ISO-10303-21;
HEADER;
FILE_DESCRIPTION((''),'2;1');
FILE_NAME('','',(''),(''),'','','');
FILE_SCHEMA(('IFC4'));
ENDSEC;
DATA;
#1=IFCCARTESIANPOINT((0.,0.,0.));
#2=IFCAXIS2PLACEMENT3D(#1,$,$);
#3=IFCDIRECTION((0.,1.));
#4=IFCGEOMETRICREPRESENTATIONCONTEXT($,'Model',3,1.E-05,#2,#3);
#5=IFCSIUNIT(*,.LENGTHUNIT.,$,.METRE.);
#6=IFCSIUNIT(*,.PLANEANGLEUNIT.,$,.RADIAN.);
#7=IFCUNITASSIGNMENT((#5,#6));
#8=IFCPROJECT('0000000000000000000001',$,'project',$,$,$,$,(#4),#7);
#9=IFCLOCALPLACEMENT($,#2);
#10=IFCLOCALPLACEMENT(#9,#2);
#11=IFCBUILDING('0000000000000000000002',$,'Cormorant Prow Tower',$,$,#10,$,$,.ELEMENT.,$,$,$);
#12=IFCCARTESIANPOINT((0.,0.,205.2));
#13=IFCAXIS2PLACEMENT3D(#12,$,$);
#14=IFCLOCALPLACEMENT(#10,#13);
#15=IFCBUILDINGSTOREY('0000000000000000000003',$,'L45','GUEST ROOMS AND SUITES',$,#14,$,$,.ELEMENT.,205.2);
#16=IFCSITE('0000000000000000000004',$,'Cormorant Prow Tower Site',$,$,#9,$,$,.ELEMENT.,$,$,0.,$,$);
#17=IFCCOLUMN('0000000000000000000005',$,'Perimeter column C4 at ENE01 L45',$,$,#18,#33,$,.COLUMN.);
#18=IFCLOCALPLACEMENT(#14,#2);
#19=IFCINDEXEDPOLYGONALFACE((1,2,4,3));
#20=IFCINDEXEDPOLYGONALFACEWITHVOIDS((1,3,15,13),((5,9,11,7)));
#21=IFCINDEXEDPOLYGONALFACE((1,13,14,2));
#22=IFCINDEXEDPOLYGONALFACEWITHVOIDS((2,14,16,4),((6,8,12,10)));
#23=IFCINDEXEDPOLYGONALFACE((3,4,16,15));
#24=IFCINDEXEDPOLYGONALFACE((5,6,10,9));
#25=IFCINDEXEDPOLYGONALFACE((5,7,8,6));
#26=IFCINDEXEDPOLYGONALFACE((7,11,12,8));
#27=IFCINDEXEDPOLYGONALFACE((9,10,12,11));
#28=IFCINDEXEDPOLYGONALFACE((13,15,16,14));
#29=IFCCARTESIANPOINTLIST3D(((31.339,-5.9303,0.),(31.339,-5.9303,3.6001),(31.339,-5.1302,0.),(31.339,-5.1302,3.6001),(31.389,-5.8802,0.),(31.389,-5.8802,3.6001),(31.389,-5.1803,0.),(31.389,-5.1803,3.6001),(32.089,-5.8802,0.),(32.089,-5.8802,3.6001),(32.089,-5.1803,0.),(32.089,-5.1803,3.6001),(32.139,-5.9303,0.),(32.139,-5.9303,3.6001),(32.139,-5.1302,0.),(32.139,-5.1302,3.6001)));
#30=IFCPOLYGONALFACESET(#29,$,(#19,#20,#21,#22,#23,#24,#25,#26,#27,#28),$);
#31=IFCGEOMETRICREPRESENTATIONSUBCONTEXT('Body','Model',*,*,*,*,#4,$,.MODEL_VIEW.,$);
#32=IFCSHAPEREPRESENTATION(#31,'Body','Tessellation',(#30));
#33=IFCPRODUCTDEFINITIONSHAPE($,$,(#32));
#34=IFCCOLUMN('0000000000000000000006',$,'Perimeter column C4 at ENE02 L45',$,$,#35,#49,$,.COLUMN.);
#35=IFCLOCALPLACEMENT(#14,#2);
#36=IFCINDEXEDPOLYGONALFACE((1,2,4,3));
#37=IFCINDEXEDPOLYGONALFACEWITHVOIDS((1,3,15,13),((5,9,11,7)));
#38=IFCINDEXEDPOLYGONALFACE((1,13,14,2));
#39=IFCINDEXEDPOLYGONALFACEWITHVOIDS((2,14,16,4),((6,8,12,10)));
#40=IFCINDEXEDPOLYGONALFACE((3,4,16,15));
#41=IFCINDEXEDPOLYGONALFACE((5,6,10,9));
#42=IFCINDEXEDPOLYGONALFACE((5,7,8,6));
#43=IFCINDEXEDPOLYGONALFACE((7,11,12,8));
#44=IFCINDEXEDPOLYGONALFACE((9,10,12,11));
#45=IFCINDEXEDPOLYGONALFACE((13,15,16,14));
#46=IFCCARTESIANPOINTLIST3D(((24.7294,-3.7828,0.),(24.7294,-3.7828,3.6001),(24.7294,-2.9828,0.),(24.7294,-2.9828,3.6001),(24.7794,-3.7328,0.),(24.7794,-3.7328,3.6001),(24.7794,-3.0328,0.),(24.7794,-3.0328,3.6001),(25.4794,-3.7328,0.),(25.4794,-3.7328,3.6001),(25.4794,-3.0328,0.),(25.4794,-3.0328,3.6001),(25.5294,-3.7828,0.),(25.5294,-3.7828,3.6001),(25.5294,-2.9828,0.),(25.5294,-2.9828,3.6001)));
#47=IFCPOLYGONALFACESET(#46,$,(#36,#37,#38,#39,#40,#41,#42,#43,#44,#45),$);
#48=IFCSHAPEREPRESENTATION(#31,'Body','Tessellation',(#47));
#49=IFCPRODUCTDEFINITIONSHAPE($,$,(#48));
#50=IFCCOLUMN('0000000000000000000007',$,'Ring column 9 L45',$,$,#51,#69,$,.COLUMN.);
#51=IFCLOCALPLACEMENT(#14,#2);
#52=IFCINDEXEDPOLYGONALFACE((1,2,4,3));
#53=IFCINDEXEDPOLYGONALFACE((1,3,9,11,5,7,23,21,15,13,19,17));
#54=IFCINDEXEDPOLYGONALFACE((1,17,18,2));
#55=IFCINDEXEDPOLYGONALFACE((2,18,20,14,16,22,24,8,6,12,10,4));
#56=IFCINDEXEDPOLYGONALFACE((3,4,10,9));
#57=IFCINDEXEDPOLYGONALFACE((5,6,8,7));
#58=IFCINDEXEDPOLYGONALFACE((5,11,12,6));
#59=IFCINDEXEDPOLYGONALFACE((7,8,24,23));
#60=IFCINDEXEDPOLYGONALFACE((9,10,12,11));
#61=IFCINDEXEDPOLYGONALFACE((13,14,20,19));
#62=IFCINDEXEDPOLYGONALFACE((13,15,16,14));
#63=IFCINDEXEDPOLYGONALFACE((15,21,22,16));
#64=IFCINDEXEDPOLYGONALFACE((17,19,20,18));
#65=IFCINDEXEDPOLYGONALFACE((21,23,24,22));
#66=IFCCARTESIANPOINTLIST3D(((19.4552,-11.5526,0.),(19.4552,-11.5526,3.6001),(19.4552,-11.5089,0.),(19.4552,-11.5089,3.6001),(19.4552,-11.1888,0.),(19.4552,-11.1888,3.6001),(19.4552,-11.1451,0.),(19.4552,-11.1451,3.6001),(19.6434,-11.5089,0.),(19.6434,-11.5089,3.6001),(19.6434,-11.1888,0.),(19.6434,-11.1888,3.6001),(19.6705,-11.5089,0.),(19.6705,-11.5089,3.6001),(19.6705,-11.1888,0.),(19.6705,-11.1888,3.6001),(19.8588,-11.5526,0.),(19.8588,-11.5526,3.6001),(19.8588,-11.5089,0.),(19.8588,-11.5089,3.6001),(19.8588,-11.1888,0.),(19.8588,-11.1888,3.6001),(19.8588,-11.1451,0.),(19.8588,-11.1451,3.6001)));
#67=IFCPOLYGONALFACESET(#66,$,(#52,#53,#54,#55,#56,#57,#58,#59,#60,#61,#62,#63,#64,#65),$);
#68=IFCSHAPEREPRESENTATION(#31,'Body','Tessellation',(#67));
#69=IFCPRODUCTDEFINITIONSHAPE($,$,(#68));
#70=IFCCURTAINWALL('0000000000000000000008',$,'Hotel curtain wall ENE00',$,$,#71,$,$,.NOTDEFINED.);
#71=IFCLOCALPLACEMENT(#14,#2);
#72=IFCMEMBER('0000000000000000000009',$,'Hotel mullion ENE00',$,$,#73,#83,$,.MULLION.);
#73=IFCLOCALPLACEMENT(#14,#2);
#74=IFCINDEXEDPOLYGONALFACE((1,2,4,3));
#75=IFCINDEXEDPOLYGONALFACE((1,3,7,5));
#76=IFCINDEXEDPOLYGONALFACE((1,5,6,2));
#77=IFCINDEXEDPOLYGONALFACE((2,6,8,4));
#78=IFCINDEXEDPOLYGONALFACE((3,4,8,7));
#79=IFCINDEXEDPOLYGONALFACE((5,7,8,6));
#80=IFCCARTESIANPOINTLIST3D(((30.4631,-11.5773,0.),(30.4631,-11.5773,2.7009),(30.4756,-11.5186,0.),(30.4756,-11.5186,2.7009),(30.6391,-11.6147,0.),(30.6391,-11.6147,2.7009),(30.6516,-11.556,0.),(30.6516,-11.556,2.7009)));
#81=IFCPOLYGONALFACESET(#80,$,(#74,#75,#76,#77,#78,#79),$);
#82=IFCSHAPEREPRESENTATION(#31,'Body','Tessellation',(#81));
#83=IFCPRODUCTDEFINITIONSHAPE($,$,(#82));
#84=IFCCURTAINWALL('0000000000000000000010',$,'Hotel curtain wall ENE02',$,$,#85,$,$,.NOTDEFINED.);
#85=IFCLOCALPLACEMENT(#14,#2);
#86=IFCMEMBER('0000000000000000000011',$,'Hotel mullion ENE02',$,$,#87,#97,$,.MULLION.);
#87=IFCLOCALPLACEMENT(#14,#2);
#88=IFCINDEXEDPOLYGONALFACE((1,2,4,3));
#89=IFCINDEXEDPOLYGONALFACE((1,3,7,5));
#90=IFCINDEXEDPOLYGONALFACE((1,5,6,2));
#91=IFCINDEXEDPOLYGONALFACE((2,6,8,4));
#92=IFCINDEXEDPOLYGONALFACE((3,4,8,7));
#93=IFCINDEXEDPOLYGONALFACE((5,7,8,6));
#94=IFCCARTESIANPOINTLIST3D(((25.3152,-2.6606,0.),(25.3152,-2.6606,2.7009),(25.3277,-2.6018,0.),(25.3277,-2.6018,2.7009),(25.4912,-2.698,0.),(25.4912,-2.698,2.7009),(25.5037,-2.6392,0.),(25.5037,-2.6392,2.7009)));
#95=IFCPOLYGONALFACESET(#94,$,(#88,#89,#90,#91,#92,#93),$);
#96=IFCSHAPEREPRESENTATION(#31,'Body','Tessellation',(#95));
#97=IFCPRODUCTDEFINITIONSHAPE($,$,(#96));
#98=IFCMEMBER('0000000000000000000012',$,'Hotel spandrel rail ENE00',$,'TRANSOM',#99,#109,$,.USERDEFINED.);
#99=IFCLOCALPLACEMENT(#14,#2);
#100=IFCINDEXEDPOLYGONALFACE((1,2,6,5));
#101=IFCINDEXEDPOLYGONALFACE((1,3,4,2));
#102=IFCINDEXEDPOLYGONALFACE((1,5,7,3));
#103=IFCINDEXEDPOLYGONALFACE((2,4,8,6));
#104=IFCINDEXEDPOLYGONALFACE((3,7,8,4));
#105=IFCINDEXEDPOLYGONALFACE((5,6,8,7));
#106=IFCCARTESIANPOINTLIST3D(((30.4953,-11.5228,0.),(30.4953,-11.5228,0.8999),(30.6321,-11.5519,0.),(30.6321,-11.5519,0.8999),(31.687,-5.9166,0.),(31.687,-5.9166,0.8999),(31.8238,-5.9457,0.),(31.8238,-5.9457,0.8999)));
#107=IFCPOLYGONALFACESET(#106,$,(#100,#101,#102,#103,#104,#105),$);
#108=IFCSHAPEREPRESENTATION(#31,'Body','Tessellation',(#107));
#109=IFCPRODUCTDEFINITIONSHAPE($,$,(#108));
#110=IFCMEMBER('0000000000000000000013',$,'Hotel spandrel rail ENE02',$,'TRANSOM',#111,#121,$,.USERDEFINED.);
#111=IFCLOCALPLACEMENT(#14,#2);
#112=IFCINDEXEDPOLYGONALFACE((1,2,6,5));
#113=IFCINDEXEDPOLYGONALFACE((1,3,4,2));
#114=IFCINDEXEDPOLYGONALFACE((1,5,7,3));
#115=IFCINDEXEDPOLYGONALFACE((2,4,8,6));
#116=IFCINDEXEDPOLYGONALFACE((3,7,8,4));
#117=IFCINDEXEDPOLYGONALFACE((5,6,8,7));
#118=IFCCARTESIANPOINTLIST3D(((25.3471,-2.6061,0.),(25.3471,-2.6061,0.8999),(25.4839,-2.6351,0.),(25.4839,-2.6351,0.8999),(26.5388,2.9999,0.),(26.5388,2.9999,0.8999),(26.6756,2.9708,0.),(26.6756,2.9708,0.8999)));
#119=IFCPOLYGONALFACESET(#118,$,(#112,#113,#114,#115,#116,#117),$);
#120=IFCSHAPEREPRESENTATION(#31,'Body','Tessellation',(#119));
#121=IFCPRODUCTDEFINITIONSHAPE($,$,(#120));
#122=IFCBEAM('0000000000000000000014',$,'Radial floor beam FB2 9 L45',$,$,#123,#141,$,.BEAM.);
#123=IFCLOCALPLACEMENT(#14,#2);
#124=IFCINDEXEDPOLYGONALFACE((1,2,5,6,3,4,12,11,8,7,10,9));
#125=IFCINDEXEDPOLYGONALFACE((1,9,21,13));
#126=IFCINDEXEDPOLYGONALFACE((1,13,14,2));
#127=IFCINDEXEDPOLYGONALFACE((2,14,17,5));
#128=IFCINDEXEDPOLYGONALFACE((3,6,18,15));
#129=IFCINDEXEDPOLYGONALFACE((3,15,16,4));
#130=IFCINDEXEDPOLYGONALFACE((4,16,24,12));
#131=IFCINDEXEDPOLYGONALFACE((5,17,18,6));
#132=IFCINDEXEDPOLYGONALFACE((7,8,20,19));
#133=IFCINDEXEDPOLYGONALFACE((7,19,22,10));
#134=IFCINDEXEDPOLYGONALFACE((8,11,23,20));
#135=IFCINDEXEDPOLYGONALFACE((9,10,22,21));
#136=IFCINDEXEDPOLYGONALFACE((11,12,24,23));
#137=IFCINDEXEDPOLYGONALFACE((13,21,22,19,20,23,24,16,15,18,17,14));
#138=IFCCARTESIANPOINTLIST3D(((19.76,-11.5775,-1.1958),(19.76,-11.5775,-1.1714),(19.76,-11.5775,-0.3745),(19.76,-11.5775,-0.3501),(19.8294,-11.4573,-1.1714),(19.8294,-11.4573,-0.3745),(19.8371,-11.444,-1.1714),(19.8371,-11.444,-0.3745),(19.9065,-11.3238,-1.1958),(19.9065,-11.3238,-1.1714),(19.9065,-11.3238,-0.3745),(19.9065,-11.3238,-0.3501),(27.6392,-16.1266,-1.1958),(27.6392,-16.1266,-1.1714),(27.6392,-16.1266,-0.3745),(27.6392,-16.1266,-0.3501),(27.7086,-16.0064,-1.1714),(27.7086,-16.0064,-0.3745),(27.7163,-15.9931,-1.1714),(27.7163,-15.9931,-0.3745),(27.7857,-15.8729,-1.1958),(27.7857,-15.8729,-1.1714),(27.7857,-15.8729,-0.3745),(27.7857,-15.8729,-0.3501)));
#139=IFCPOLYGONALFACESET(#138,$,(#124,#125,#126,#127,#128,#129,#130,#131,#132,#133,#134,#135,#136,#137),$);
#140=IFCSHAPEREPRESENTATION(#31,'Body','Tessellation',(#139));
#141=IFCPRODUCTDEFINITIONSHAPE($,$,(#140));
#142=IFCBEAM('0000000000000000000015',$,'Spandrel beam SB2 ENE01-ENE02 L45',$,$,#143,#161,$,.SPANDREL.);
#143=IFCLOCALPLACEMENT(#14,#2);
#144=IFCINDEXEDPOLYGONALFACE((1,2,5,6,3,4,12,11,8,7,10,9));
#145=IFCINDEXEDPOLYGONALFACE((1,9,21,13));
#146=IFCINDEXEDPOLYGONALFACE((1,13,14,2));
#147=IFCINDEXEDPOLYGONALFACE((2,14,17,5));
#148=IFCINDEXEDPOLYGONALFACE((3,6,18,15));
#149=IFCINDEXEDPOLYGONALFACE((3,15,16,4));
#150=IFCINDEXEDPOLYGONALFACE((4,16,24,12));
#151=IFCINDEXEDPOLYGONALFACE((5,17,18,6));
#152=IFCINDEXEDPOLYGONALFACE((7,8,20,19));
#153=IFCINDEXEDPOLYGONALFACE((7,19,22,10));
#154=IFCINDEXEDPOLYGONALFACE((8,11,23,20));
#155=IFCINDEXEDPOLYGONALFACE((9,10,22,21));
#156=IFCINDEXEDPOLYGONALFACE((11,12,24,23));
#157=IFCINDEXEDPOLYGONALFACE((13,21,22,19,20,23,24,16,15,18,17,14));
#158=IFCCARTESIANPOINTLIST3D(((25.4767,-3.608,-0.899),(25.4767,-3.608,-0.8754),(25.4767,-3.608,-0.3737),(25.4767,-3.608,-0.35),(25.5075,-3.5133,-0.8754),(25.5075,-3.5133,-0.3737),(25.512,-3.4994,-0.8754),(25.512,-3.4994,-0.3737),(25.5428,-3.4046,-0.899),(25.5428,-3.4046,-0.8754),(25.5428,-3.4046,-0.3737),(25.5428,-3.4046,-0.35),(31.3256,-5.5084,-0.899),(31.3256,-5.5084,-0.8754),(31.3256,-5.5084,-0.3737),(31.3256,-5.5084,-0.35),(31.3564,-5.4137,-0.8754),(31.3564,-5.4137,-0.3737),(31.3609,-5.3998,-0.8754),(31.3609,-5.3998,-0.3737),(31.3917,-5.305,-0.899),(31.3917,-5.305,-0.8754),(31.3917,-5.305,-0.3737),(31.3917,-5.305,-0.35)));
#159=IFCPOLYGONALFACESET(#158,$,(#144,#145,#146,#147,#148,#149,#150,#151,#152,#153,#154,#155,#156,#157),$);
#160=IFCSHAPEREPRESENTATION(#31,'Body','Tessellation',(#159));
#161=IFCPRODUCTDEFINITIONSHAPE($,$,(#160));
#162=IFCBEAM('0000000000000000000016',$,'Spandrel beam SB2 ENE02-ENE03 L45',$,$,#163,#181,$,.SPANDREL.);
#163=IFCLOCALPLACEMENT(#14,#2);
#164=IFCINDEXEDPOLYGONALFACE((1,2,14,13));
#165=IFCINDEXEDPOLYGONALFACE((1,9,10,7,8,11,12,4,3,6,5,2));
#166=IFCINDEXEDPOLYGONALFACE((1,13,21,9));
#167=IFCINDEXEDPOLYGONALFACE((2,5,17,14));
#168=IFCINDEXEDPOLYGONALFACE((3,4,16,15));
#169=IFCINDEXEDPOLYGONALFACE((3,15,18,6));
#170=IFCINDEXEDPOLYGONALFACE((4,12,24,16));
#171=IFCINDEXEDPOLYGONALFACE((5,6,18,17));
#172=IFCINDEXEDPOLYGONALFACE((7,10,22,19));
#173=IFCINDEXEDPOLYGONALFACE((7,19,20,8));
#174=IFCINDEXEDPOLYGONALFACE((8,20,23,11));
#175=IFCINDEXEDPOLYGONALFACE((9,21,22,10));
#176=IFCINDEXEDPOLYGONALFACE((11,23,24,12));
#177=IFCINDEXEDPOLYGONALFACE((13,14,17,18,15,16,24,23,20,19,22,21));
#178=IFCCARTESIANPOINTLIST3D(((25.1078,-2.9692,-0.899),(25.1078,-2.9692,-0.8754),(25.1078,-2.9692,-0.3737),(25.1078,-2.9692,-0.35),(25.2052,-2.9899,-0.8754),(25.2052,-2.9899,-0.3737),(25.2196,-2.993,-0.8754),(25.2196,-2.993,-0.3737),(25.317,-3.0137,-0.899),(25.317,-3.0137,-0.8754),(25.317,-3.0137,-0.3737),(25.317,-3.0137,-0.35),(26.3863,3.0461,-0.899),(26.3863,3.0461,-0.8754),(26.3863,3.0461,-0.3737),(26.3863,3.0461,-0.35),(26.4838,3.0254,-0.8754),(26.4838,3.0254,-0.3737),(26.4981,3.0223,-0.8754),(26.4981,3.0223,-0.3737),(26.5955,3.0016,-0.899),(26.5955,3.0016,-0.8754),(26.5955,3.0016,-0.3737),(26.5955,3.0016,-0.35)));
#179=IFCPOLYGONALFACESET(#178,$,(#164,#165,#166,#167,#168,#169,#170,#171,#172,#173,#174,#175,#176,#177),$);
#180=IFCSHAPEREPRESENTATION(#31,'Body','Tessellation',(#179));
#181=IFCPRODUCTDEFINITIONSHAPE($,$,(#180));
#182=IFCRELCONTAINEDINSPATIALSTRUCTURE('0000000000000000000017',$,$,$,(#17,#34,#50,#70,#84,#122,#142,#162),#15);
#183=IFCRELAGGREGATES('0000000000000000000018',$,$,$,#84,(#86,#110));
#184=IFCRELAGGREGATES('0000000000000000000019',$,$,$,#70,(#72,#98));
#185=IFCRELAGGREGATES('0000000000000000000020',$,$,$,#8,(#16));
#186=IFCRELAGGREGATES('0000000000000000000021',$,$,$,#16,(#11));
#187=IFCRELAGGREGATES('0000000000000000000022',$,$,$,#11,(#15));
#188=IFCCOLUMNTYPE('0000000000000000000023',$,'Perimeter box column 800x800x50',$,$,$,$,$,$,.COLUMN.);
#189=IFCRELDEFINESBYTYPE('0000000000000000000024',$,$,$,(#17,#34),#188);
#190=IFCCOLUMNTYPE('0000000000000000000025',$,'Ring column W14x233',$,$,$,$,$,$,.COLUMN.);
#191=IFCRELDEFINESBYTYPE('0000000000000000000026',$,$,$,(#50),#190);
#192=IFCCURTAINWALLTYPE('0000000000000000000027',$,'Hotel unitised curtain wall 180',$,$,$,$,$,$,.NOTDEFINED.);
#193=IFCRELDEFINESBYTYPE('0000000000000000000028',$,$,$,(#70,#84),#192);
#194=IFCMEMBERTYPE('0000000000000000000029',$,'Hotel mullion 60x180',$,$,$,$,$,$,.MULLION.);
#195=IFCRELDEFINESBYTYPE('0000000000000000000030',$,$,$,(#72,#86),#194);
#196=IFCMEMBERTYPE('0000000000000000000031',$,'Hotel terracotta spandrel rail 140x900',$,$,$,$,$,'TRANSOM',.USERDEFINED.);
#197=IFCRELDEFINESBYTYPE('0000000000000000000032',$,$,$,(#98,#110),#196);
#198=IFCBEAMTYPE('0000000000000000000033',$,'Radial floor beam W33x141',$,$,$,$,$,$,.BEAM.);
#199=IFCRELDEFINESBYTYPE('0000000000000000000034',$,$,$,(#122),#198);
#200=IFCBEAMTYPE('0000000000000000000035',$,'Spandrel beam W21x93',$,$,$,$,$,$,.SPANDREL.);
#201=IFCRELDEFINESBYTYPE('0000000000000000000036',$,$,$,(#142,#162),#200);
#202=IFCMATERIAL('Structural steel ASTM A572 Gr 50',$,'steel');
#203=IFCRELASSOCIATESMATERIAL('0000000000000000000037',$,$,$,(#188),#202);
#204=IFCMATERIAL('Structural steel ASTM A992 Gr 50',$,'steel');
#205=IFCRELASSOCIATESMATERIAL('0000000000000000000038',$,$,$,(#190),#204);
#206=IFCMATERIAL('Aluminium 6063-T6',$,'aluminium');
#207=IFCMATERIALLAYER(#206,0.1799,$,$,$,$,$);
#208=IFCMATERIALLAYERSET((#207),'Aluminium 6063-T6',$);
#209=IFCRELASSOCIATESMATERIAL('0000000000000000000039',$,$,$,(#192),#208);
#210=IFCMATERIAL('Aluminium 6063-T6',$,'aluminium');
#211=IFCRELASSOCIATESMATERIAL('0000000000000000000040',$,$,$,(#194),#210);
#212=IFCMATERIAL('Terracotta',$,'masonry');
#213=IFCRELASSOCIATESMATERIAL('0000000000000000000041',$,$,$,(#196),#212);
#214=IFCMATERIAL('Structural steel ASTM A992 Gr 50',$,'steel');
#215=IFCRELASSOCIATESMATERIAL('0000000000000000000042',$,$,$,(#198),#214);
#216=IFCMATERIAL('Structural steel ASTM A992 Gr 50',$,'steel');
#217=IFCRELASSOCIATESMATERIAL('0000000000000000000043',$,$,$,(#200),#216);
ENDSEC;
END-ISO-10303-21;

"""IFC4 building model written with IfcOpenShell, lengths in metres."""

from ifc_helpers import new_model, si_unit, direction, frame, origin, origin_2d, place, context, subcontext, project, spatial, rectangle, hollow_rectangle, i_section, extrude, material, layer, layer_set, material_profile, profile_set, type_object, element, aggregate, save


model = new_model("IFC4")

# Units and contexts
model_context = context("Model", 3, precision=1e-05, world=origin(), true_north=direction((0.0, 1.0)))
body_context = subcontext(model_context, "Body", "Model", "MODEL_VIEW")
ifc_project = project(units=[si_unit("LENGTHUNIT", "METRE"), si_unit("PLANEANGLEUNIT", "RADIAN")], contexts=[model_context])

# Site, building, storey
site_placement = place(None, origin())
site = spatial("IfcSite", under=ifc_project, at=site_placement, Name="Cormorant Prow Tower Site", CompositionType="ELEMENT", RefElevation=0.0)
building_placement = place(site_placement, origin())
building = spatial("IfcBuilding", under=site, at=building_placement, Name="Cormorant Prow Tower", CompositionType="ELEMENT")
storey_placement = place(building_placement, frame((0.0, 0.0, 205.2)))
storey = spatial("IfcBuildingStorey", under=building, at=storey_placement, Name="L45", Description="GUEST ROOMS AND SUITES", CompositionType="ELEMENT", Elevation=205.2)

# Columns
ifc_material_1 = material(Name="Structural steel ASTM A572 Gr 50", Category="steel")
ifc_material_profile_1 = material_profile(ifc_material_1, hollow_rectangle(XDim=0.8, YDim=0.8, WallThickness=0.05, at=origin_2d()), Name="Box 800x800x50")
ifc_profile_set_1 = profile_set([ifc_material_profile_1], Name="Structural steel ASTM A572 Gr 50")
column_type_1 = type_object("IfcColumnType", Name="Perimeter box column 800x800x50", PredefinedType="COLUMN", material=ifc_profile_set_1)
for number, where, z_axis, x_axis, name in (
    (1, (31.739, -5.5303, 0.0), (0.0, 0.0, 1.0), (1.0, 0.0, 0.0), "Perimeter column C4 at ENE01 L45"),
    (2, (25.1294, -3.3828, 0.0), (0.0, 0.0, 1.0), (1.0, 0.0, 0.0), "Perimeter column C4 at ENE02 L45"),
):
    element("IfcColumn", number, at=place(storey_placement, frame(where, z_axis=z_axis, x_axis=x_axis)), inside=storey, type_object=column_type_1, Name=name, PredefinedType="COLUMN", context=body_context, shape_type="SweptSolid", body=[
        extrude(hollow_rectangle(XDim=0.8, YDim=0.8, WallThickness=0.05, at=origin_2d()), origin(), (0.0, 0.0, 1.0), 3.6001),
    ])
ifc_material_2 = material(Name="Structural steel ASTM A992 Gr 50", Category="steel")
ifc_material_profile_2 = material_profile(ifc_material_2, i_section(OverallWidth=0.4036, OverallDepth=0.4075, WebThickness=0.0271, FlangeThickness=0.0437, at=origin_2d()), Name="W14x233")
ifc_profile_set_2 = profile_set([ifc_material_profile_2], Name="Structural steel ASTM A992 Gr 50")
column_type_2 = type_object("IfcColumnType", Name="Ring column W14x233", PredefinedType="COLUMN", material=ifc_profile_set_2)
column_placement = place(storey_placement, frame((19.657, -11.3489, 0.0), z_axis=(0.0, 0.0, 1.0), x_axis=(1.0, 0.0, 0.0)))
element("IfcColumn", 3, at=column_placement, inside=storey, type_object=column_type_2, Name="Ring column 9 L45", PredefinedType="COLUMN", context=body_context, shape_type="SweptSolid", body=[
    extrude(i_section(OverallWidth=0.4036, OverallDepth=0.4075, WebThickness=0.0271, FlangeThickness=0.0437, at=origin_2d()), origin(), (0.0, 0.0, 1.0), 3.6001),
])

# Curtain walls, members
ifc_material_3 = material(Name="Aluminium 6063-T6", Category="aluminium")
ifc_layer_1 = layer(ifc_material_3, 0.1799)
ifc_layer_set_1 = layer_set([ifc_layer_1], Name="Aluminium 6063-T6")
curtain_wall_type = type_object("IfcCurtainWallType", Name="Hotel unitised curtain wall 180", PredefinedType="NOTDEFINED", material=ifc_layer_set_1)
curtain_wall_1_placement = place(storey_placement, origin())
curtain_wall_1 = element("IfcCurtainWall", 4, at=curtain_wall_1_placement, inside=storey, type_object=curtain_wall_type, Name="Hotel curtain wall ENE00", PredefinedType="NOTDEFINED")
ifc_material_4 = material(Name="Aluminium 6063-T6", Category="aluminium")
ifc_material_profile_3 = material_profile(ifc_material_4, rectangle(XDim=0.1799, YDim=0.0601, at=origin_2d()), Name="Hotel mullion 60x180")
ifc_profile_set_3 = profile_set([ifc_material_profile_3], Name="Aluminium 6063-T6")
member_type_1 = type_object("IfcMemberType", Name="Hotel mullion 60x180", PredefinedType="MULLION", material=ifc_profile_set_3)
member_1_placement = place(storey_placement, frame((30.5574, -11.5667, 0.0), z_axis=(0.0, 0.0, 1.0), x_axis=(-0.978148, 0.207912, 0.0)))
member_1 = element("IfcMember", 5, at=member_1_placement, type_object=member_type_1, Name="Hotel mullion ENE00", PredefinedType="MULLION", context=body_context, shape_type="SweptSolid", body=[
    extrude(rectangle(XDim=0.1799, YDim=0.0601, at=origin_2d()), origin(), (0.0, 0.0, 1.0), 2.7009),
])
curtain_wall_2_placement = place(storey_placement, origin())
curtain_wall_2 = element("IfcCurtainWall", 6, at=curtain_wall_2_placement, inside=storey, type_object=curtain_wall_type, Name="Hotel curtain wall ENE02", PredefinedType="NOTDEFINED")
member_2_placement = place(storey_placement, frame((25.4094, -2.6499, 0.0), z_axis=(0.0, 0.0, 1.0), x_axis=(-0.978148, 0.207912, 0.0)))
member_2 = element("IfcMember", 7, at=member_2_placement, type_object=member_type_1, Name="Hotel mullion ENE02", PredefinedType="MULLION", context=body_context, shape_type="SweptSolid", body=[
    extrude(rectangle(XDim=0.1799, YDim=0.0601, at=origin_2d()), origin(), (0.0, 0.0, 1.0), 2.7009),
])

# Members
ifc_material_5 = material(Name="Terracotta", Category="masonry")
ifc_material_profile_4 = material_profile(ifc_material_5, rectangle(XDim=0.1399, YDim=0.8999, at=origin_2d()), Name="Hotel terracotta spandrel rail 140x900")
ifc_profile_set_4 = profile_set([ifc_material_profile_4], Name="Terracotta")
member_type_2 = type_object("IfcMemberType", Name="Hotel terracotta spandrel rail 140x900", ElementType="TRANSOM", PredefinedType="USERDEFINED", material=ifc_profile_set_4)
member_3_placement = place(storey_placement, frame((30.5637, -11.5374, 0.45), z_axis=(0.207914, 0.978147, 0.0), x_axis=(-0.978147, 0.207914, 0.0)))
member_3 = element("IfcMember", 8, at=member_3_placement, type_object=member_type_2, Name="Hotel spandrel rail ENE00", ObjectType="TRANSOM", PredefinedType="USERDEFINED", context=body_context, shape_type="SweptSolid", body=[
    extrude(rectangle(XDim=0.1399, YDim=0.8999, at=origin_2d()), origin(), (0.0, 0.0, 1.0), 5.7314),
])
member_4_placement = place(storey_placement, frame((25.4155, -2.6206, 0.45), z_axis=(0.207923, 0.978145, 0.0), x_axis=(-0.978145, 0.207923, 0.0)))
member_4 = element("IfcMember", 9, at=member_4_placement, type_object=member_type_2, Name="Hotel spandrel rail ENE02", ObjectType="TRANSOM", PredefinedType="USERDEFINED", context=body_context, shape_type="SweptSolid", body=[
    extrude(rectangle(XDim=0.1399, YDim=0.8999, at=origin_2d()), origin(), (0.0, 0.0, 1.0), 5.7312),
])
aggregate(curtain_wall_2, [member_2, member_4])

# Beams
ifc_material_6 = material(Name="Structural steel ASTM A992 Gr 50", Category="steel")
ifc_material_profile_5 = material_profile(ifc_material_6, i_section(OverallWidth=0.293, OverallDepth=0.8457, WebThickness=0.0154, FlangeThickness=0.0244, at=origin_2d()), Name="W33x141")
ifc_profile_set_5 = profile_set([ifc_material_profile_5], Name="Structural steel ASTM A992 Gr 50")
beam_type_1 = type_object("IfcBeamType", Name="Radial floor beam W33x141", PredefinedType="BEAM", material=ifc_profile_set_5)
beam_1_placement = place(storey_placement, frame((19.8333, -11.4507, -0.7729), z_axis=(0.866023, -0.500004, 0.0), x_axis=(0.500004, 0.866023, 0.0)))
element("IfcBeam", 10, at=beam_1_placement, inside=storey, type_object=beam_type_1, Name="Radial floor beam FB2 9 L45", PredefinedType="BEAM", context=body_context, shape_type="SweptSolid", body=[
    extrude(i_section(OverallWidth=0.293, OverallDepth=0.8457, WebThickness=0.0154, FlangeThickness=0.0244, at=origin_2d()), origin(), (0.0, 0.0, 1.0), 9.0981),
])
ifc_material_7 = material(Name="Structural steel ASTM A992 Gr 50", Category="steel")
ifc_material_profile_6 = material_profile(ifc_material_7, i_section(OverallWidth=0.2139, OverallDepth=0.5491, WebThickness=0.0146, FlangeThickness=0.0237, at=origin_2d()), Name="W21x93")
ifc_profile_set_6 = profile_set([ifc_material_profile_6], Name="Structural steel ASTM A992 Gr 50")
beam_type_2 = type_object("IfcBeamType", Name="Spandrel beam W21x93", PredefinedType="SPANDREL", material=ifc_profile_set_6)
beam_2_placement = place(storey_placement, frame((31.3586, -5.4067, -0.6245), z_axis=(-0.951058, 0.309013, 0.0), x_axis=(-0.309013, -0.951058, 0.0)))
element("IfcBeam", 11, at=beam_2_placement, inside=storey, type_object=beam_type_2, Name="Spandrel beam SB2 ENE01-ENE02 L45", PredefinedType="SPANDREL", context=body_context, shape_type="SweptSolid", body=[
    extrude(i_section(OverallWidth=0.2139, OverallDepth=0.5491, WebThickness=0.0146, FlangeThickness=0.0237, at=origin_2d()), origin(), (0.0, 0.0, 1.0), 6.1499),
])
beam_3_placement = place(storey_placement, frame((25.2124, -2.9915, -0.6245), z_axis=(0.207905, 0.978149, 0.0), x_axis=(-0.978149, 0.207905, 0.0)))
element("IfcBeam", 12, at=beam_3_placement, inside=storey, type_object=beam_type_2, Name="Spandrel beam SB2 ENE02-ENE03 L45", PredefinedType="SPANDREL", context=body_context, shape_type="SweptSolid", body=[
    extrude(i_section(OverallWidth=0.2139, OverallDepth=0.5491, WebThickness=0.0146, FlangeThickness=0.0237, at=origin_2d()), origin(), (0.0, 0.0, 1.0), 6.1497),
])

aggregate(curtain_wall_1, [member_1, member_3])

save(model, "model.ifc")
